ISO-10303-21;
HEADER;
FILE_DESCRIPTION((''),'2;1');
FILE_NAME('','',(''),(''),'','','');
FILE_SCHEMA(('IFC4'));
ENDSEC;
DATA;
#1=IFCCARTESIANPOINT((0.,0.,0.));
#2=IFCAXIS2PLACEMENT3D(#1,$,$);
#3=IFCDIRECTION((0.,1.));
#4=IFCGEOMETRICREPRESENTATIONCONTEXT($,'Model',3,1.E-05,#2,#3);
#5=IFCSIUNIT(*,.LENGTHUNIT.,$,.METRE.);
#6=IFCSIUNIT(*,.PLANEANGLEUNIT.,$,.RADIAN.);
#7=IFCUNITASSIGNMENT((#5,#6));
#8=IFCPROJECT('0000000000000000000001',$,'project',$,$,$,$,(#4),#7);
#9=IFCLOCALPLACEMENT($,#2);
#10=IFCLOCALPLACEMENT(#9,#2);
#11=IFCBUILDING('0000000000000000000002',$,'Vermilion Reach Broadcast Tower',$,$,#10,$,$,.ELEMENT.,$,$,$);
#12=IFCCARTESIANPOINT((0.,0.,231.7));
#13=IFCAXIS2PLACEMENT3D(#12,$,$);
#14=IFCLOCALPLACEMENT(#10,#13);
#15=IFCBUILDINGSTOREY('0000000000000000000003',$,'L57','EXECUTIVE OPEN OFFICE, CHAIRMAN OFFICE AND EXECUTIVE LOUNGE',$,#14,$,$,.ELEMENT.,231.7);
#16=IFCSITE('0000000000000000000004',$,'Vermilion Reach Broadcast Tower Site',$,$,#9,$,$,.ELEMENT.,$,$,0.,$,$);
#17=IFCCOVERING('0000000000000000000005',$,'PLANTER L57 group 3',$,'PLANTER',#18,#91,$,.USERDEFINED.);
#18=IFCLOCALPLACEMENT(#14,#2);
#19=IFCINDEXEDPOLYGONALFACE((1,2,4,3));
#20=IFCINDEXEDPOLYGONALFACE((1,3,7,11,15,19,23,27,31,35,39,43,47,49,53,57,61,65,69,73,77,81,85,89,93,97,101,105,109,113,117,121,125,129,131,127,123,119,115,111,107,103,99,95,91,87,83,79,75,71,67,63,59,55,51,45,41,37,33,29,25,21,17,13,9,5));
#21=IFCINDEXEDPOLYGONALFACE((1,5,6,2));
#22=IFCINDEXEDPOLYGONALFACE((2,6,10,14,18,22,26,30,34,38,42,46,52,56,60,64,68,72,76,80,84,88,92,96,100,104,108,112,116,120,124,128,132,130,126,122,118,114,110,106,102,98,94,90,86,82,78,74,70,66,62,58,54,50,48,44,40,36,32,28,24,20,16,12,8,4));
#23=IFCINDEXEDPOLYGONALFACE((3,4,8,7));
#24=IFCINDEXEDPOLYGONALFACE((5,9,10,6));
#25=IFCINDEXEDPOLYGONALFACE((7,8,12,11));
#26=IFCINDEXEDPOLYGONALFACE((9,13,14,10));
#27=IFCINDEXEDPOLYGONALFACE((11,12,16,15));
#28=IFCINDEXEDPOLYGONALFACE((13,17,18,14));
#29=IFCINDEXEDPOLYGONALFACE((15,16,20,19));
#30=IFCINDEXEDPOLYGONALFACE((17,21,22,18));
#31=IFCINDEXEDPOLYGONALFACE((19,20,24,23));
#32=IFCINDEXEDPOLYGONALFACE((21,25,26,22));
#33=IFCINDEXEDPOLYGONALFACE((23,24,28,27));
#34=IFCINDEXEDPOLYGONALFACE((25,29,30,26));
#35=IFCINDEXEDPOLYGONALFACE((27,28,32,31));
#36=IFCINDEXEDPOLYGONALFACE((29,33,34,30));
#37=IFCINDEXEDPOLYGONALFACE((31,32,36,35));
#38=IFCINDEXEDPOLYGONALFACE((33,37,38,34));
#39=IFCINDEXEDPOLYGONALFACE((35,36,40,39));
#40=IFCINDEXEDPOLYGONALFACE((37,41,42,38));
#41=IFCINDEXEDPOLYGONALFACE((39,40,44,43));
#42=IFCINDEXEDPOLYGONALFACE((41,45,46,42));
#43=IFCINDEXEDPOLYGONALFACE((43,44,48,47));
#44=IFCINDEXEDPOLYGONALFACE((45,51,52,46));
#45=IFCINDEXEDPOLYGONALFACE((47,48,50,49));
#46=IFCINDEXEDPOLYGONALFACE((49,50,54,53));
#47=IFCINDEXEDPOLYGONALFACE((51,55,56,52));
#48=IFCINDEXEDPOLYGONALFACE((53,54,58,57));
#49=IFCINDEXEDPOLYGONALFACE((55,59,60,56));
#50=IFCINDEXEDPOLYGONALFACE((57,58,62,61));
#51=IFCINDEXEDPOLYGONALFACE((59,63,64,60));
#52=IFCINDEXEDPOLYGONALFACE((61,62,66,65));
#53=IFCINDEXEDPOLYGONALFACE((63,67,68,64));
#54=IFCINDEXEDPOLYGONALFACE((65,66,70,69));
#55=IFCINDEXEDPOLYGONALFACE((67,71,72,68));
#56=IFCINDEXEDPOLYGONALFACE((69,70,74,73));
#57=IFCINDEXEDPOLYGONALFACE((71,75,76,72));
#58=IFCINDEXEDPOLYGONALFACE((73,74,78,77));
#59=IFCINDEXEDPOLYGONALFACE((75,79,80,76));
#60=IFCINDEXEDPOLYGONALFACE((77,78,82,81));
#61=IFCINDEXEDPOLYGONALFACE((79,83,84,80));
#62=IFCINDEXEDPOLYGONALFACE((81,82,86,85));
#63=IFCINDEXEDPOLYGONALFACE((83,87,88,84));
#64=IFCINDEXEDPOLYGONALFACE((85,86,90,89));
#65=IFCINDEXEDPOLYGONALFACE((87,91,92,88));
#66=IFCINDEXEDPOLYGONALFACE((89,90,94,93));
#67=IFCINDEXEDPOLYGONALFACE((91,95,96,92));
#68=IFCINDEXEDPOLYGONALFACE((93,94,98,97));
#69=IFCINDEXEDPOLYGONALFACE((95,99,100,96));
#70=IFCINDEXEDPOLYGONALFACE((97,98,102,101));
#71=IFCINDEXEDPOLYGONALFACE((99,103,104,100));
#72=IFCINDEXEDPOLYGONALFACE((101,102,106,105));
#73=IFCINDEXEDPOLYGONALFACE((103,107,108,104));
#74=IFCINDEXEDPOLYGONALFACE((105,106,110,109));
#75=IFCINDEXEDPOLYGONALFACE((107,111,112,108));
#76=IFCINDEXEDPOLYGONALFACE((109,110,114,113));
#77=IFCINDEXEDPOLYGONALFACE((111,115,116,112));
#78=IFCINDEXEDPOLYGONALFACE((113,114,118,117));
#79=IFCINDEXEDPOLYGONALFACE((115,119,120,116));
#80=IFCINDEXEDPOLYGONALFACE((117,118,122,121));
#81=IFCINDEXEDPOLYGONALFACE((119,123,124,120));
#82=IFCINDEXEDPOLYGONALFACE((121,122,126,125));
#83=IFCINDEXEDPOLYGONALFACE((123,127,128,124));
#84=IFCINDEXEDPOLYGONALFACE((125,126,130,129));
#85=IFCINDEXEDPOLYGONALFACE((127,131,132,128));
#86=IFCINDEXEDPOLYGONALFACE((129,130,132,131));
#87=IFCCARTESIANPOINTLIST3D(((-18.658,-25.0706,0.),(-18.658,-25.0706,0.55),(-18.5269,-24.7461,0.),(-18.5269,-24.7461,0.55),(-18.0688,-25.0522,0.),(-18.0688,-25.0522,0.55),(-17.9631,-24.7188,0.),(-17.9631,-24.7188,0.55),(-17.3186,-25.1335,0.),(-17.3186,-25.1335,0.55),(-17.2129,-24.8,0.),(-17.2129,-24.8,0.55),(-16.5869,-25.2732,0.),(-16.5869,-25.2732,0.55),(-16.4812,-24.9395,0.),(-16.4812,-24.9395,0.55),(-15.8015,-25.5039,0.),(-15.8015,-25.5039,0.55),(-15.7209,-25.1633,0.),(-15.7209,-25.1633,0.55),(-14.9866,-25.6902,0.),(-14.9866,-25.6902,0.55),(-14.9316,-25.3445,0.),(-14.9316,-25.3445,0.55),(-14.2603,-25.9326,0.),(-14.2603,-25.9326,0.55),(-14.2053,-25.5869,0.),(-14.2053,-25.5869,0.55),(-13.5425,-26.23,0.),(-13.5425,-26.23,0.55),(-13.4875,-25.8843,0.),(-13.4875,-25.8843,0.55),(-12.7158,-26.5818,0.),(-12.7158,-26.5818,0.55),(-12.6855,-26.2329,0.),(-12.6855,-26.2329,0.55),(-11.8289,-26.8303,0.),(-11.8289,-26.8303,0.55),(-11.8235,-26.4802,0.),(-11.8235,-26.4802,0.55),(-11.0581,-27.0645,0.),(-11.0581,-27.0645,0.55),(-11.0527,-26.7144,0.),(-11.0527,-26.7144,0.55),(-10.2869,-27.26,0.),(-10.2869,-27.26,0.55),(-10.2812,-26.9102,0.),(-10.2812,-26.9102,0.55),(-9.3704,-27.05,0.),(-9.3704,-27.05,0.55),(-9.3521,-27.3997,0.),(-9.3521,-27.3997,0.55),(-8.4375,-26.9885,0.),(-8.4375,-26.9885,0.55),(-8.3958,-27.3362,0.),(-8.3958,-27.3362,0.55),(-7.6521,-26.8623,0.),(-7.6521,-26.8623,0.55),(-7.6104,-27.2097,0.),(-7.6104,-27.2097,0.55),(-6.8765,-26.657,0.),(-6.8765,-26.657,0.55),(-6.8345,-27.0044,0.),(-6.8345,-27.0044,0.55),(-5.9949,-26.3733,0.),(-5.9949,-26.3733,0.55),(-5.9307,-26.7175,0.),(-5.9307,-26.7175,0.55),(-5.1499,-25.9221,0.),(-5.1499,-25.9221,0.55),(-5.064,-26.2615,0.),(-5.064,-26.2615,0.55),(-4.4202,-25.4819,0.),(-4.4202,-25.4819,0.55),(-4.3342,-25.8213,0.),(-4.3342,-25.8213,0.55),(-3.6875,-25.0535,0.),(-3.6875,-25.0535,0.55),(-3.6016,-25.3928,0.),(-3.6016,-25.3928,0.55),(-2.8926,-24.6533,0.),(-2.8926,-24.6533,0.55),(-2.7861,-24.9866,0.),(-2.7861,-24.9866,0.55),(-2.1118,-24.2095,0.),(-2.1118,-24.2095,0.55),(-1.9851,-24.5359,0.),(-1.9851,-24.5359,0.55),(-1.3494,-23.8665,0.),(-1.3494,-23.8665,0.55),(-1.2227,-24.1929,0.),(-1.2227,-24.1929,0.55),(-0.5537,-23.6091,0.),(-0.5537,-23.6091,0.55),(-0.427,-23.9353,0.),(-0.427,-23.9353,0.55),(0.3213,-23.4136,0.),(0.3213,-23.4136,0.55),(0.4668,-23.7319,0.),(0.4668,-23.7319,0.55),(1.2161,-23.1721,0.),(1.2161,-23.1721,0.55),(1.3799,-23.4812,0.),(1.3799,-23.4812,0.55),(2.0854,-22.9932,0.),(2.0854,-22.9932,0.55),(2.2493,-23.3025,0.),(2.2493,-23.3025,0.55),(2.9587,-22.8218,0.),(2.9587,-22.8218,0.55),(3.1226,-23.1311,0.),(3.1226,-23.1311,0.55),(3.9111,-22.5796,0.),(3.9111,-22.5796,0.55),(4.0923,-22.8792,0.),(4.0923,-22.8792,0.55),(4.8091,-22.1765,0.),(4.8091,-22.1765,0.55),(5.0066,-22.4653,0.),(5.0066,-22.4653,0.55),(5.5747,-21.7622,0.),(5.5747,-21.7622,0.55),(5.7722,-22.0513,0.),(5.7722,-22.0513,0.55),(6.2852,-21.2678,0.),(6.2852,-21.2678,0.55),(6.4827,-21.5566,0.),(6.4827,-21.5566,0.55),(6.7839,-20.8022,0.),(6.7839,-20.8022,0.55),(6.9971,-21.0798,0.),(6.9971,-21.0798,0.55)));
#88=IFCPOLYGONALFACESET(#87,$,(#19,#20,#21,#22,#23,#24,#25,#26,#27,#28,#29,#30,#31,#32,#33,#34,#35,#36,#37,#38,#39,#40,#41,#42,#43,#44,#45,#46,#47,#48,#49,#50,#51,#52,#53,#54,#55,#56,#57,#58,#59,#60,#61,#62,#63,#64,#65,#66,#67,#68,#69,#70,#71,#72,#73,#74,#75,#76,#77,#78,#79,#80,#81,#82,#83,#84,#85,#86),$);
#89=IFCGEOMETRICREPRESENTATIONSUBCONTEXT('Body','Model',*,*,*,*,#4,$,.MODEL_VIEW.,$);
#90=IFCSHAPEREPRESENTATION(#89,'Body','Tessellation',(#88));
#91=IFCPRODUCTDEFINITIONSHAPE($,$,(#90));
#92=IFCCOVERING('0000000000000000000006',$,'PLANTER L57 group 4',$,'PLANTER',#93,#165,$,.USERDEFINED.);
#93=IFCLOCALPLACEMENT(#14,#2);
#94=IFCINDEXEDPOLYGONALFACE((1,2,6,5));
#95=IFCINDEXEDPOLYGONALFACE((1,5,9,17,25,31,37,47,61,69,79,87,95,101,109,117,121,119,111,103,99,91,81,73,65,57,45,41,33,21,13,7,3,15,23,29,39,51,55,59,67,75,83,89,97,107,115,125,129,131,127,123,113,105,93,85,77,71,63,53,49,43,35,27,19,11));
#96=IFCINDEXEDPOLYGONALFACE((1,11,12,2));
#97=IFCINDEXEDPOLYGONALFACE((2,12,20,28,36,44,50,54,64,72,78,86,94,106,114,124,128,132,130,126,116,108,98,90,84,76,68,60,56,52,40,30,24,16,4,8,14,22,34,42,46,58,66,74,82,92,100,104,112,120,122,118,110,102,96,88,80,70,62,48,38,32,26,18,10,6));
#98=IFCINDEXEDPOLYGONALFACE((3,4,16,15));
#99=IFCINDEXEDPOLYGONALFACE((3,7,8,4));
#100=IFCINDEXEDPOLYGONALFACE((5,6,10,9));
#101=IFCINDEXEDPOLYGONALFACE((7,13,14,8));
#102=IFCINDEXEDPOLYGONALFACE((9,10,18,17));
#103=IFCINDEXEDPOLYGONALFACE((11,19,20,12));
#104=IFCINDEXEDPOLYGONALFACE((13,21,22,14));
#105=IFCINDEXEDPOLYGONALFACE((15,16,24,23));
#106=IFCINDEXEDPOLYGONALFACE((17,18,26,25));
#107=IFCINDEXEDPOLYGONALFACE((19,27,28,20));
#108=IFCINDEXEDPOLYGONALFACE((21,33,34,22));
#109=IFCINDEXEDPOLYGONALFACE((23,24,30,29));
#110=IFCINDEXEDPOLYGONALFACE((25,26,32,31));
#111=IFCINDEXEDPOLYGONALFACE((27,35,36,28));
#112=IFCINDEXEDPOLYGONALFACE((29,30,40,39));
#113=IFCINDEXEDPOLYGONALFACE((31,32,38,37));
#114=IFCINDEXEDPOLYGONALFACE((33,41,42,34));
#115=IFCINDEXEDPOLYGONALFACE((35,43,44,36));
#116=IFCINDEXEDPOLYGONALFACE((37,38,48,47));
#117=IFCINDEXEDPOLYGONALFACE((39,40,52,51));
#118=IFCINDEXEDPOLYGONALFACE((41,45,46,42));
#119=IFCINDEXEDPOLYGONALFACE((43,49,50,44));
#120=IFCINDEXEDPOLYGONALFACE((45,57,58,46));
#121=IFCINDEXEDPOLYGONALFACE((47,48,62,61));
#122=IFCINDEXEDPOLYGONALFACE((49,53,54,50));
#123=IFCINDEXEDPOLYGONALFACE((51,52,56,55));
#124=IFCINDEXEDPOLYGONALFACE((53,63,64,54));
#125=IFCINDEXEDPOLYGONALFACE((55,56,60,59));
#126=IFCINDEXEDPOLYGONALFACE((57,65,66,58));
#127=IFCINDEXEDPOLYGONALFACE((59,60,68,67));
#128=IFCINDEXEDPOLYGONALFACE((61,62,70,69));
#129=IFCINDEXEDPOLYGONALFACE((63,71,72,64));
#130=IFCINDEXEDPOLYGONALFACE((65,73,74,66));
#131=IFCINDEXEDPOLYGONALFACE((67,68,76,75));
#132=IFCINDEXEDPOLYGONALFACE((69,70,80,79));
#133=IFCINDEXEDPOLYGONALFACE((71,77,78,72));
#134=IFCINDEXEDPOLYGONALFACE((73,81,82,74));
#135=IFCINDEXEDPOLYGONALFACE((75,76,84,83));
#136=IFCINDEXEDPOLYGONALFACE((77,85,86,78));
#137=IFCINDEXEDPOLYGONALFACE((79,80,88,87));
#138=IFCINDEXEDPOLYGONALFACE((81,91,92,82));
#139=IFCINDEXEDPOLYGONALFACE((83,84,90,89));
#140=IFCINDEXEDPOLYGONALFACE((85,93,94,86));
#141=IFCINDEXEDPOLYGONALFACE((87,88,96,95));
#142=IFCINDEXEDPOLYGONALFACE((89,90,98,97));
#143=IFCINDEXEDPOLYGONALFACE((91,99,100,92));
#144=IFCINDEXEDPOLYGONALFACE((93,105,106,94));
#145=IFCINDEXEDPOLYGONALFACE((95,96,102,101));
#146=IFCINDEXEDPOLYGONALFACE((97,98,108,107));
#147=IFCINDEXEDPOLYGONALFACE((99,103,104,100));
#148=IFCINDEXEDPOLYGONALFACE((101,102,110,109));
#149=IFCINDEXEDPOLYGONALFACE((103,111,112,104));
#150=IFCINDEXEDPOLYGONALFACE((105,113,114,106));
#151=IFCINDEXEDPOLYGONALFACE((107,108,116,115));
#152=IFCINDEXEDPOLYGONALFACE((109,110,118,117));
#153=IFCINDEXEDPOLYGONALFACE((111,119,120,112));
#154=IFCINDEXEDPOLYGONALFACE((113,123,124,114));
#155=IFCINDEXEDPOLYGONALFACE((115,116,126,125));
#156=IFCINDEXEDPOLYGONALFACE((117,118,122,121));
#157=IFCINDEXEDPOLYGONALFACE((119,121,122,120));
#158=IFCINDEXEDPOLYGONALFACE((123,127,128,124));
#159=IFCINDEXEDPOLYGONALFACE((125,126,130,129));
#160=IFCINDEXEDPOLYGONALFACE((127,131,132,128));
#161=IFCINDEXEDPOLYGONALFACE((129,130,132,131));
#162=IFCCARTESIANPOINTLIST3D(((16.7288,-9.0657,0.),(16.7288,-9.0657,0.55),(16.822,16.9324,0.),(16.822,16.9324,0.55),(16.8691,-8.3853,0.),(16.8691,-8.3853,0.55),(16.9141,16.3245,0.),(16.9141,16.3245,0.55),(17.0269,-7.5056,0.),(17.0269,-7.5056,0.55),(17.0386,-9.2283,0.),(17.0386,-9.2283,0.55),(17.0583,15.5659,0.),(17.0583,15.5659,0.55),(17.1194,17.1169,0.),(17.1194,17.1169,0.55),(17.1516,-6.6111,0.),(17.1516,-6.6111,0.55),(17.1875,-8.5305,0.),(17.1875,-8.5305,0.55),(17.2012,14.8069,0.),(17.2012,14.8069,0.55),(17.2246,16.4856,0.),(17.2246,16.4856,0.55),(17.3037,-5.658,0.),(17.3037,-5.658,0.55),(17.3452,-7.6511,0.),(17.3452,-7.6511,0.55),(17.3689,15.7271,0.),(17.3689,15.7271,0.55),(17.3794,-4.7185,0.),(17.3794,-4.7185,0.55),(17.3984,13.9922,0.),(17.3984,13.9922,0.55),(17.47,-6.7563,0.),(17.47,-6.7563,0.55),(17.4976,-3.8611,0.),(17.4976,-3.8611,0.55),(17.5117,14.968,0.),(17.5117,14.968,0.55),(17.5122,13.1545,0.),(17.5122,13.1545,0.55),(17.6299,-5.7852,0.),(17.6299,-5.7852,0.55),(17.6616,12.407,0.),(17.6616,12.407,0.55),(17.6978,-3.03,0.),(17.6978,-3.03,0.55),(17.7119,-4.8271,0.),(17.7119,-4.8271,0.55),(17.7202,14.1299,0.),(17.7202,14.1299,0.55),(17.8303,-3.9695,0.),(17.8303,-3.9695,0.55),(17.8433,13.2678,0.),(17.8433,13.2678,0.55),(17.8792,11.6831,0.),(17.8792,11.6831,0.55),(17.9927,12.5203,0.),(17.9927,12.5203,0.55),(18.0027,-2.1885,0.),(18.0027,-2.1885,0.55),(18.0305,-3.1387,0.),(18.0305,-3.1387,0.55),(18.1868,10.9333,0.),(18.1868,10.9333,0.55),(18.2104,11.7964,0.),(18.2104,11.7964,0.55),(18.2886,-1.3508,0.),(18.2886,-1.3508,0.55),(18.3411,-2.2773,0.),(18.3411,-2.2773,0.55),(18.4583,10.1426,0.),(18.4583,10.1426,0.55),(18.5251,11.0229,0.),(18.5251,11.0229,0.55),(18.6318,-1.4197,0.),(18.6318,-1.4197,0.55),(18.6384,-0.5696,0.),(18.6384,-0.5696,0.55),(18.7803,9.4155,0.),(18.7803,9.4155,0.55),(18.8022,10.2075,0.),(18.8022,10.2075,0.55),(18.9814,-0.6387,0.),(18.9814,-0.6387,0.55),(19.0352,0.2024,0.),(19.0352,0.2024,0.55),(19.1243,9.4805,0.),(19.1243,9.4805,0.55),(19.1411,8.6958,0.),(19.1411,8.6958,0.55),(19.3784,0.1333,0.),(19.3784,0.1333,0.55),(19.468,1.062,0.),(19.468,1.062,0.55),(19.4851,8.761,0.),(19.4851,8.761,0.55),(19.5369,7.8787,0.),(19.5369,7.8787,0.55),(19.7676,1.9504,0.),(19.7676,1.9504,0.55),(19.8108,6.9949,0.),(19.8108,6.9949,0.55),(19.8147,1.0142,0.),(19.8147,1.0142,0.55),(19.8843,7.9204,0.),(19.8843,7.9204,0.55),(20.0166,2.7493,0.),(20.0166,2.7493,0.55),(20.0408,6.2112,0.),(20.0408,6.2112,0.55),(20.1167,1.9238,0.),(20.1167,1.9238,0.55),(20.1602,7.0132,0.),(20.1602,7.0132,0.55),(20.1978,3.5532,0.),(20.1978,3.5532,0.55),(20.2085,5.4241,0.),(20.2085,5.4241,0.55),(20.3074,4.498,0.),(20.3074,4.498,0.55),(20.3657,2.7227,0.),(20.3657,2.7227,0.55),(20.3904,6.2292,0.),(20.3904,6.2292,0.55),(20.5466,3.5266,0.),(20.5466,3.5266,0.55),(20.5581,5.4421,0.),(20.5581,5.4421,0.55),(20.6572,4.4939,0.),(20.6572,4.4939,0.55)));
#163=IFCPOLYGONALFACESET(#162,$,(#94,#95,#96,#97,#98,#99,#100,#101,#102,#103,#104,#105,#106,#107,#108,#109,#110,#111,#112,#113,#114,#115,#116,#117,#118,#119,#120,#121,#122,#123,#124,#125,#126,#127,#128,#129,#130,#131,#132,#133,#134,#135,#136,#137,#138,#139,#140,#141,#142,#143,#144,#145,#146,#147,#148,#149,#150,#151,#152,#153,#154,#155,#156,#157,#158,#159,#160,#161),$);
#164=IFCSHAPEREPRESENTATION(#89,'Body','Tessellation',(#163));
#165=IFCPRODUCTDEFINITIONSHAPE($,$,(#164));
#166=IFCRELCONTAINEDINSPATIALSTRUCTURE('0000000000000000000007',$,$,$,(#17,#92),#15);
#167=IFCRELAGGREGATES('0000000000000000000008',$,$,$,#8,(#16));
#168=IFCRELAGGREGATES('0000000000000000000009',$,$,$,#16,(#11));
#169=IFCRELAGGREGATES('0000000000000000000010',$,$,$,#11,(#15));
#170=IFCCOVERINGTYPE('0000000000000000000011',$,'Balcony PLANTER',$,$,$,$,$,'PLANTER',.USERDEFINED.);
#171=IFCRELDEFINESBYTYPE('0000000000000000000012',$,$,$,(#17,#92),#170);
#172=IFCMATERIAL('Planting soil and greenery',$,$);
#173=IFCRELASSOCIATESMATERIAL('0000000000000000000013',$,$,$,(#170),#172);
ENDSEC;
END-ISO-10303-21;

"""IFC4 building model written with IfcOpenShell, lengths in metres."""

from ifc_helpers import new_model, si_unit, direction, frame, origin, place, context, subcontext, project, spatial, polyline, outline, extrude, material, type_object, element, save


model = new_model("IFC4")

# Units and contexts
model_context = context("Model", 3, precision=1e-05, world=origin(), true_north=direction((0.0, 1.0)))
body_context = subcontext(model_context, "Body", "Model", "MODEL_VIEW")
ifc_project = project(units=[si_unit("LENGTHUNIT", "METRE"), si_unit("PLANEANGLEUNIT", "RADIAN")], contexts=[model_context])

# Site, building, storey
site_placement = place(None, origin())
site = spatial("IfcSite", under=ifc_project, at=site_placement, Name="Vermilion Reach Broadcast Tower Site", CompositionType="ELEMENT", RefElevation=0.0)
building_placement = place(site_placement, origin())
building = spatial("IfcBuilding", under=site, at=building_placement, Name="Vermilion Reach Broadcast Tower", CompositionType="ELEMENT")
storey_placement = place(building_placement, frame((0.0, 0.0, 231.7)))
storey = spatial("IfcBuildingStorey", under=building, at=storey_placement, Name="L57", Description="EXECUTIVE OPEN OFFICE, CHAIRMAN OFFICE AND EXECUTIVE LOUNGE", CompositionType="ELEMENT", Elevation=231.7)

# Shared definitions
placement_1 = place(storey_placement, origin())

# Coverings
ifc_material_1 = material(Name="Planting soil and greenery")
covering_type = type_object("IfcCoveringType", Name="Balcony PLANTER", ElementType="PLANTER", PredefinedType="USERDEFINED", material=ifc_material_1)
element("IfcCovering", 1, at=placement_1, inside=storey, type_object=covering_type, Name="PLANTER L57 group 3", ObjectType="PLANTER", PredefinedType="USERDEFINED", context=body_context, shape_type="SweptSolid", body=[
    extrude(outline(polyline([(-18.658, -25.0706), (-18.0688, -25.0522), (-17.3186, -25.1335), (-16.5869, -25.2732), (-15.8015, -25.5039), (-14.9866, -25.6902), (-14.2603, -25.9326), (-13.5425, -26.23), (-12.7158, -26.5818), (-11.8289, -26.8303), (-11.0581, -27.0645), (-10.2869, -27.26), (-9.3521, -27.3997), (-8.3958, -27.3362), (-7.6104, -27.2097), (-6.8345, -27.0044), (-5.9307, -26.7175), (-5.064, -26.2615), (-4.3342, -25.8213), (-3.6016, -25.3928), (-2.7861, -24.9866), (-1.9851, -24.5359), (-1.2227, -24.1929), (-0.427, -23.9353), (0.4668, -23.7319), (1.3799, -23.4812), (2.2493, -23.3025), (3.1226, -23.1311), (4.0923, -22.8792), (5.0066, -22.4653), (5.7722, -22.0513), (6.4827, -21.5566), (6.9971, -21.0798), (6.7839, -20.8022), (6.2852, -21.2678), (5.5747, -21.7622), (4.8091, -22.1765), (3.9111, -22.5796), (2.9587, -22.8218), (2.0854, -22.9932), (1.2161, -23.1721), (0.3213, -23.4136), (-0.5537, -23.6091), (-1.3494, -23.8665), (-2.1118, -24.2095), (-2.8926, -24.6533), (-3.6875, -25.0535), (-4.4202, -25.4819), (-5.1499, -25.9221), (-5.9949, -26.3733), (-6.8765, -26.657), (-7.6521, -26.8623), (-8.4375, -26.9885), (-9.3704, -27.05), (-10.2812, -26.9102), (-11.0527, -26.7144), (-11.8235, -26.4802), (-12.6855, -26.2329), (-13.4875, -25.8843), (-14.2053, -25.5869), (-14.9316, -25.3445), (-15.7209, -25.1633), (-16.4812, -24.9395), (-17.2129, -24.8), (-17.9631, -24.7188), (-18.5269, -24.7461), (-18.658, -25.0706)])), origin(), (0.0, 0.0, 1.0), 0.55),
])
element("IfcCovering", 2, at=placement_1, inside=storey, type_object=covering_type, Name="PLANTER L57 group 4", ObjectType="PLANTER", PredefinedType="USERDEFINED", context=body_context, shape_type="SweptSolid", body=[
    extrude(outline(polyline([(17.0386, -9.2283), (17.1875, -8.5305), (17.3452, -7.6511), (17.47, -6.7563), (17.6299, -5.7852), (17.7119, -4.8271), (17.8303, -3.9695), (18.0305, -3.1387), (18.3411, -2.2773), (18.6318, -1.4197), (18.9814, -0.6387), (19.3784, 0.1333), (19.8147, 1.0142), (20.1167, 1.9238), (20.3657, 2.7227), (20.5466, 3.5266), (20.6572, 4.4939), (20.5581, 5.4421), (20.3904, 6.2292), (20.1602, 7.0132), (19.8843, 7.9204), (19.4851, 8.761), (19.1243, 9.4805), (18.8022, 10.2075), (18.5251, 11.0229), (18.2104, 11.7964), (17.9927, 12.5203), (17.8433, 13.2678), (17.7202, 14.1299), (17.5117, 14.968), (17.3689, 15.7271), (17.2246, 16.4856), (17.1194, 17.1169), (16.822, 16.9324), (16.9141, 16.3245), (17.0583, 15.5659), (17.2012, 14.8069), (17.3984, 13.9922), (17.5122, 13.1545), (17.6616, 12.407), (17.8792, 11.6831), (18.1868, 10.9333), (18.4583, 10.1426), (18.7803, 9.4155), (19.1411, 8.6958), (19.5369, 7.8787), (19.8108, 6.9949), (20.0408, 6.2112), (20.2085, 5.4241), (20.3074, 4.498), (20.1978, 3.5532), (20.0166, 2.7493), (19.7676, 1.9504), (19.468, 1.062), (19.0352, 0.2024), (18.6384, -0.5696), (18.2886, -1.3508), (18.0027, -2.1885), (17.6978, -3.03), (17.4976, -3.8611), (17.3794, -4.7185), (17.3037, -5.658), (17.1516, -6.6111), (17.0269, -7.5056), (16.8691, -8.3853), (16.7288, -9.0657), (17.0386, -9.2283)])), origin(), (0.0, 0.0, 1.0), 0.55),
])

save(model, "model.ifc")
